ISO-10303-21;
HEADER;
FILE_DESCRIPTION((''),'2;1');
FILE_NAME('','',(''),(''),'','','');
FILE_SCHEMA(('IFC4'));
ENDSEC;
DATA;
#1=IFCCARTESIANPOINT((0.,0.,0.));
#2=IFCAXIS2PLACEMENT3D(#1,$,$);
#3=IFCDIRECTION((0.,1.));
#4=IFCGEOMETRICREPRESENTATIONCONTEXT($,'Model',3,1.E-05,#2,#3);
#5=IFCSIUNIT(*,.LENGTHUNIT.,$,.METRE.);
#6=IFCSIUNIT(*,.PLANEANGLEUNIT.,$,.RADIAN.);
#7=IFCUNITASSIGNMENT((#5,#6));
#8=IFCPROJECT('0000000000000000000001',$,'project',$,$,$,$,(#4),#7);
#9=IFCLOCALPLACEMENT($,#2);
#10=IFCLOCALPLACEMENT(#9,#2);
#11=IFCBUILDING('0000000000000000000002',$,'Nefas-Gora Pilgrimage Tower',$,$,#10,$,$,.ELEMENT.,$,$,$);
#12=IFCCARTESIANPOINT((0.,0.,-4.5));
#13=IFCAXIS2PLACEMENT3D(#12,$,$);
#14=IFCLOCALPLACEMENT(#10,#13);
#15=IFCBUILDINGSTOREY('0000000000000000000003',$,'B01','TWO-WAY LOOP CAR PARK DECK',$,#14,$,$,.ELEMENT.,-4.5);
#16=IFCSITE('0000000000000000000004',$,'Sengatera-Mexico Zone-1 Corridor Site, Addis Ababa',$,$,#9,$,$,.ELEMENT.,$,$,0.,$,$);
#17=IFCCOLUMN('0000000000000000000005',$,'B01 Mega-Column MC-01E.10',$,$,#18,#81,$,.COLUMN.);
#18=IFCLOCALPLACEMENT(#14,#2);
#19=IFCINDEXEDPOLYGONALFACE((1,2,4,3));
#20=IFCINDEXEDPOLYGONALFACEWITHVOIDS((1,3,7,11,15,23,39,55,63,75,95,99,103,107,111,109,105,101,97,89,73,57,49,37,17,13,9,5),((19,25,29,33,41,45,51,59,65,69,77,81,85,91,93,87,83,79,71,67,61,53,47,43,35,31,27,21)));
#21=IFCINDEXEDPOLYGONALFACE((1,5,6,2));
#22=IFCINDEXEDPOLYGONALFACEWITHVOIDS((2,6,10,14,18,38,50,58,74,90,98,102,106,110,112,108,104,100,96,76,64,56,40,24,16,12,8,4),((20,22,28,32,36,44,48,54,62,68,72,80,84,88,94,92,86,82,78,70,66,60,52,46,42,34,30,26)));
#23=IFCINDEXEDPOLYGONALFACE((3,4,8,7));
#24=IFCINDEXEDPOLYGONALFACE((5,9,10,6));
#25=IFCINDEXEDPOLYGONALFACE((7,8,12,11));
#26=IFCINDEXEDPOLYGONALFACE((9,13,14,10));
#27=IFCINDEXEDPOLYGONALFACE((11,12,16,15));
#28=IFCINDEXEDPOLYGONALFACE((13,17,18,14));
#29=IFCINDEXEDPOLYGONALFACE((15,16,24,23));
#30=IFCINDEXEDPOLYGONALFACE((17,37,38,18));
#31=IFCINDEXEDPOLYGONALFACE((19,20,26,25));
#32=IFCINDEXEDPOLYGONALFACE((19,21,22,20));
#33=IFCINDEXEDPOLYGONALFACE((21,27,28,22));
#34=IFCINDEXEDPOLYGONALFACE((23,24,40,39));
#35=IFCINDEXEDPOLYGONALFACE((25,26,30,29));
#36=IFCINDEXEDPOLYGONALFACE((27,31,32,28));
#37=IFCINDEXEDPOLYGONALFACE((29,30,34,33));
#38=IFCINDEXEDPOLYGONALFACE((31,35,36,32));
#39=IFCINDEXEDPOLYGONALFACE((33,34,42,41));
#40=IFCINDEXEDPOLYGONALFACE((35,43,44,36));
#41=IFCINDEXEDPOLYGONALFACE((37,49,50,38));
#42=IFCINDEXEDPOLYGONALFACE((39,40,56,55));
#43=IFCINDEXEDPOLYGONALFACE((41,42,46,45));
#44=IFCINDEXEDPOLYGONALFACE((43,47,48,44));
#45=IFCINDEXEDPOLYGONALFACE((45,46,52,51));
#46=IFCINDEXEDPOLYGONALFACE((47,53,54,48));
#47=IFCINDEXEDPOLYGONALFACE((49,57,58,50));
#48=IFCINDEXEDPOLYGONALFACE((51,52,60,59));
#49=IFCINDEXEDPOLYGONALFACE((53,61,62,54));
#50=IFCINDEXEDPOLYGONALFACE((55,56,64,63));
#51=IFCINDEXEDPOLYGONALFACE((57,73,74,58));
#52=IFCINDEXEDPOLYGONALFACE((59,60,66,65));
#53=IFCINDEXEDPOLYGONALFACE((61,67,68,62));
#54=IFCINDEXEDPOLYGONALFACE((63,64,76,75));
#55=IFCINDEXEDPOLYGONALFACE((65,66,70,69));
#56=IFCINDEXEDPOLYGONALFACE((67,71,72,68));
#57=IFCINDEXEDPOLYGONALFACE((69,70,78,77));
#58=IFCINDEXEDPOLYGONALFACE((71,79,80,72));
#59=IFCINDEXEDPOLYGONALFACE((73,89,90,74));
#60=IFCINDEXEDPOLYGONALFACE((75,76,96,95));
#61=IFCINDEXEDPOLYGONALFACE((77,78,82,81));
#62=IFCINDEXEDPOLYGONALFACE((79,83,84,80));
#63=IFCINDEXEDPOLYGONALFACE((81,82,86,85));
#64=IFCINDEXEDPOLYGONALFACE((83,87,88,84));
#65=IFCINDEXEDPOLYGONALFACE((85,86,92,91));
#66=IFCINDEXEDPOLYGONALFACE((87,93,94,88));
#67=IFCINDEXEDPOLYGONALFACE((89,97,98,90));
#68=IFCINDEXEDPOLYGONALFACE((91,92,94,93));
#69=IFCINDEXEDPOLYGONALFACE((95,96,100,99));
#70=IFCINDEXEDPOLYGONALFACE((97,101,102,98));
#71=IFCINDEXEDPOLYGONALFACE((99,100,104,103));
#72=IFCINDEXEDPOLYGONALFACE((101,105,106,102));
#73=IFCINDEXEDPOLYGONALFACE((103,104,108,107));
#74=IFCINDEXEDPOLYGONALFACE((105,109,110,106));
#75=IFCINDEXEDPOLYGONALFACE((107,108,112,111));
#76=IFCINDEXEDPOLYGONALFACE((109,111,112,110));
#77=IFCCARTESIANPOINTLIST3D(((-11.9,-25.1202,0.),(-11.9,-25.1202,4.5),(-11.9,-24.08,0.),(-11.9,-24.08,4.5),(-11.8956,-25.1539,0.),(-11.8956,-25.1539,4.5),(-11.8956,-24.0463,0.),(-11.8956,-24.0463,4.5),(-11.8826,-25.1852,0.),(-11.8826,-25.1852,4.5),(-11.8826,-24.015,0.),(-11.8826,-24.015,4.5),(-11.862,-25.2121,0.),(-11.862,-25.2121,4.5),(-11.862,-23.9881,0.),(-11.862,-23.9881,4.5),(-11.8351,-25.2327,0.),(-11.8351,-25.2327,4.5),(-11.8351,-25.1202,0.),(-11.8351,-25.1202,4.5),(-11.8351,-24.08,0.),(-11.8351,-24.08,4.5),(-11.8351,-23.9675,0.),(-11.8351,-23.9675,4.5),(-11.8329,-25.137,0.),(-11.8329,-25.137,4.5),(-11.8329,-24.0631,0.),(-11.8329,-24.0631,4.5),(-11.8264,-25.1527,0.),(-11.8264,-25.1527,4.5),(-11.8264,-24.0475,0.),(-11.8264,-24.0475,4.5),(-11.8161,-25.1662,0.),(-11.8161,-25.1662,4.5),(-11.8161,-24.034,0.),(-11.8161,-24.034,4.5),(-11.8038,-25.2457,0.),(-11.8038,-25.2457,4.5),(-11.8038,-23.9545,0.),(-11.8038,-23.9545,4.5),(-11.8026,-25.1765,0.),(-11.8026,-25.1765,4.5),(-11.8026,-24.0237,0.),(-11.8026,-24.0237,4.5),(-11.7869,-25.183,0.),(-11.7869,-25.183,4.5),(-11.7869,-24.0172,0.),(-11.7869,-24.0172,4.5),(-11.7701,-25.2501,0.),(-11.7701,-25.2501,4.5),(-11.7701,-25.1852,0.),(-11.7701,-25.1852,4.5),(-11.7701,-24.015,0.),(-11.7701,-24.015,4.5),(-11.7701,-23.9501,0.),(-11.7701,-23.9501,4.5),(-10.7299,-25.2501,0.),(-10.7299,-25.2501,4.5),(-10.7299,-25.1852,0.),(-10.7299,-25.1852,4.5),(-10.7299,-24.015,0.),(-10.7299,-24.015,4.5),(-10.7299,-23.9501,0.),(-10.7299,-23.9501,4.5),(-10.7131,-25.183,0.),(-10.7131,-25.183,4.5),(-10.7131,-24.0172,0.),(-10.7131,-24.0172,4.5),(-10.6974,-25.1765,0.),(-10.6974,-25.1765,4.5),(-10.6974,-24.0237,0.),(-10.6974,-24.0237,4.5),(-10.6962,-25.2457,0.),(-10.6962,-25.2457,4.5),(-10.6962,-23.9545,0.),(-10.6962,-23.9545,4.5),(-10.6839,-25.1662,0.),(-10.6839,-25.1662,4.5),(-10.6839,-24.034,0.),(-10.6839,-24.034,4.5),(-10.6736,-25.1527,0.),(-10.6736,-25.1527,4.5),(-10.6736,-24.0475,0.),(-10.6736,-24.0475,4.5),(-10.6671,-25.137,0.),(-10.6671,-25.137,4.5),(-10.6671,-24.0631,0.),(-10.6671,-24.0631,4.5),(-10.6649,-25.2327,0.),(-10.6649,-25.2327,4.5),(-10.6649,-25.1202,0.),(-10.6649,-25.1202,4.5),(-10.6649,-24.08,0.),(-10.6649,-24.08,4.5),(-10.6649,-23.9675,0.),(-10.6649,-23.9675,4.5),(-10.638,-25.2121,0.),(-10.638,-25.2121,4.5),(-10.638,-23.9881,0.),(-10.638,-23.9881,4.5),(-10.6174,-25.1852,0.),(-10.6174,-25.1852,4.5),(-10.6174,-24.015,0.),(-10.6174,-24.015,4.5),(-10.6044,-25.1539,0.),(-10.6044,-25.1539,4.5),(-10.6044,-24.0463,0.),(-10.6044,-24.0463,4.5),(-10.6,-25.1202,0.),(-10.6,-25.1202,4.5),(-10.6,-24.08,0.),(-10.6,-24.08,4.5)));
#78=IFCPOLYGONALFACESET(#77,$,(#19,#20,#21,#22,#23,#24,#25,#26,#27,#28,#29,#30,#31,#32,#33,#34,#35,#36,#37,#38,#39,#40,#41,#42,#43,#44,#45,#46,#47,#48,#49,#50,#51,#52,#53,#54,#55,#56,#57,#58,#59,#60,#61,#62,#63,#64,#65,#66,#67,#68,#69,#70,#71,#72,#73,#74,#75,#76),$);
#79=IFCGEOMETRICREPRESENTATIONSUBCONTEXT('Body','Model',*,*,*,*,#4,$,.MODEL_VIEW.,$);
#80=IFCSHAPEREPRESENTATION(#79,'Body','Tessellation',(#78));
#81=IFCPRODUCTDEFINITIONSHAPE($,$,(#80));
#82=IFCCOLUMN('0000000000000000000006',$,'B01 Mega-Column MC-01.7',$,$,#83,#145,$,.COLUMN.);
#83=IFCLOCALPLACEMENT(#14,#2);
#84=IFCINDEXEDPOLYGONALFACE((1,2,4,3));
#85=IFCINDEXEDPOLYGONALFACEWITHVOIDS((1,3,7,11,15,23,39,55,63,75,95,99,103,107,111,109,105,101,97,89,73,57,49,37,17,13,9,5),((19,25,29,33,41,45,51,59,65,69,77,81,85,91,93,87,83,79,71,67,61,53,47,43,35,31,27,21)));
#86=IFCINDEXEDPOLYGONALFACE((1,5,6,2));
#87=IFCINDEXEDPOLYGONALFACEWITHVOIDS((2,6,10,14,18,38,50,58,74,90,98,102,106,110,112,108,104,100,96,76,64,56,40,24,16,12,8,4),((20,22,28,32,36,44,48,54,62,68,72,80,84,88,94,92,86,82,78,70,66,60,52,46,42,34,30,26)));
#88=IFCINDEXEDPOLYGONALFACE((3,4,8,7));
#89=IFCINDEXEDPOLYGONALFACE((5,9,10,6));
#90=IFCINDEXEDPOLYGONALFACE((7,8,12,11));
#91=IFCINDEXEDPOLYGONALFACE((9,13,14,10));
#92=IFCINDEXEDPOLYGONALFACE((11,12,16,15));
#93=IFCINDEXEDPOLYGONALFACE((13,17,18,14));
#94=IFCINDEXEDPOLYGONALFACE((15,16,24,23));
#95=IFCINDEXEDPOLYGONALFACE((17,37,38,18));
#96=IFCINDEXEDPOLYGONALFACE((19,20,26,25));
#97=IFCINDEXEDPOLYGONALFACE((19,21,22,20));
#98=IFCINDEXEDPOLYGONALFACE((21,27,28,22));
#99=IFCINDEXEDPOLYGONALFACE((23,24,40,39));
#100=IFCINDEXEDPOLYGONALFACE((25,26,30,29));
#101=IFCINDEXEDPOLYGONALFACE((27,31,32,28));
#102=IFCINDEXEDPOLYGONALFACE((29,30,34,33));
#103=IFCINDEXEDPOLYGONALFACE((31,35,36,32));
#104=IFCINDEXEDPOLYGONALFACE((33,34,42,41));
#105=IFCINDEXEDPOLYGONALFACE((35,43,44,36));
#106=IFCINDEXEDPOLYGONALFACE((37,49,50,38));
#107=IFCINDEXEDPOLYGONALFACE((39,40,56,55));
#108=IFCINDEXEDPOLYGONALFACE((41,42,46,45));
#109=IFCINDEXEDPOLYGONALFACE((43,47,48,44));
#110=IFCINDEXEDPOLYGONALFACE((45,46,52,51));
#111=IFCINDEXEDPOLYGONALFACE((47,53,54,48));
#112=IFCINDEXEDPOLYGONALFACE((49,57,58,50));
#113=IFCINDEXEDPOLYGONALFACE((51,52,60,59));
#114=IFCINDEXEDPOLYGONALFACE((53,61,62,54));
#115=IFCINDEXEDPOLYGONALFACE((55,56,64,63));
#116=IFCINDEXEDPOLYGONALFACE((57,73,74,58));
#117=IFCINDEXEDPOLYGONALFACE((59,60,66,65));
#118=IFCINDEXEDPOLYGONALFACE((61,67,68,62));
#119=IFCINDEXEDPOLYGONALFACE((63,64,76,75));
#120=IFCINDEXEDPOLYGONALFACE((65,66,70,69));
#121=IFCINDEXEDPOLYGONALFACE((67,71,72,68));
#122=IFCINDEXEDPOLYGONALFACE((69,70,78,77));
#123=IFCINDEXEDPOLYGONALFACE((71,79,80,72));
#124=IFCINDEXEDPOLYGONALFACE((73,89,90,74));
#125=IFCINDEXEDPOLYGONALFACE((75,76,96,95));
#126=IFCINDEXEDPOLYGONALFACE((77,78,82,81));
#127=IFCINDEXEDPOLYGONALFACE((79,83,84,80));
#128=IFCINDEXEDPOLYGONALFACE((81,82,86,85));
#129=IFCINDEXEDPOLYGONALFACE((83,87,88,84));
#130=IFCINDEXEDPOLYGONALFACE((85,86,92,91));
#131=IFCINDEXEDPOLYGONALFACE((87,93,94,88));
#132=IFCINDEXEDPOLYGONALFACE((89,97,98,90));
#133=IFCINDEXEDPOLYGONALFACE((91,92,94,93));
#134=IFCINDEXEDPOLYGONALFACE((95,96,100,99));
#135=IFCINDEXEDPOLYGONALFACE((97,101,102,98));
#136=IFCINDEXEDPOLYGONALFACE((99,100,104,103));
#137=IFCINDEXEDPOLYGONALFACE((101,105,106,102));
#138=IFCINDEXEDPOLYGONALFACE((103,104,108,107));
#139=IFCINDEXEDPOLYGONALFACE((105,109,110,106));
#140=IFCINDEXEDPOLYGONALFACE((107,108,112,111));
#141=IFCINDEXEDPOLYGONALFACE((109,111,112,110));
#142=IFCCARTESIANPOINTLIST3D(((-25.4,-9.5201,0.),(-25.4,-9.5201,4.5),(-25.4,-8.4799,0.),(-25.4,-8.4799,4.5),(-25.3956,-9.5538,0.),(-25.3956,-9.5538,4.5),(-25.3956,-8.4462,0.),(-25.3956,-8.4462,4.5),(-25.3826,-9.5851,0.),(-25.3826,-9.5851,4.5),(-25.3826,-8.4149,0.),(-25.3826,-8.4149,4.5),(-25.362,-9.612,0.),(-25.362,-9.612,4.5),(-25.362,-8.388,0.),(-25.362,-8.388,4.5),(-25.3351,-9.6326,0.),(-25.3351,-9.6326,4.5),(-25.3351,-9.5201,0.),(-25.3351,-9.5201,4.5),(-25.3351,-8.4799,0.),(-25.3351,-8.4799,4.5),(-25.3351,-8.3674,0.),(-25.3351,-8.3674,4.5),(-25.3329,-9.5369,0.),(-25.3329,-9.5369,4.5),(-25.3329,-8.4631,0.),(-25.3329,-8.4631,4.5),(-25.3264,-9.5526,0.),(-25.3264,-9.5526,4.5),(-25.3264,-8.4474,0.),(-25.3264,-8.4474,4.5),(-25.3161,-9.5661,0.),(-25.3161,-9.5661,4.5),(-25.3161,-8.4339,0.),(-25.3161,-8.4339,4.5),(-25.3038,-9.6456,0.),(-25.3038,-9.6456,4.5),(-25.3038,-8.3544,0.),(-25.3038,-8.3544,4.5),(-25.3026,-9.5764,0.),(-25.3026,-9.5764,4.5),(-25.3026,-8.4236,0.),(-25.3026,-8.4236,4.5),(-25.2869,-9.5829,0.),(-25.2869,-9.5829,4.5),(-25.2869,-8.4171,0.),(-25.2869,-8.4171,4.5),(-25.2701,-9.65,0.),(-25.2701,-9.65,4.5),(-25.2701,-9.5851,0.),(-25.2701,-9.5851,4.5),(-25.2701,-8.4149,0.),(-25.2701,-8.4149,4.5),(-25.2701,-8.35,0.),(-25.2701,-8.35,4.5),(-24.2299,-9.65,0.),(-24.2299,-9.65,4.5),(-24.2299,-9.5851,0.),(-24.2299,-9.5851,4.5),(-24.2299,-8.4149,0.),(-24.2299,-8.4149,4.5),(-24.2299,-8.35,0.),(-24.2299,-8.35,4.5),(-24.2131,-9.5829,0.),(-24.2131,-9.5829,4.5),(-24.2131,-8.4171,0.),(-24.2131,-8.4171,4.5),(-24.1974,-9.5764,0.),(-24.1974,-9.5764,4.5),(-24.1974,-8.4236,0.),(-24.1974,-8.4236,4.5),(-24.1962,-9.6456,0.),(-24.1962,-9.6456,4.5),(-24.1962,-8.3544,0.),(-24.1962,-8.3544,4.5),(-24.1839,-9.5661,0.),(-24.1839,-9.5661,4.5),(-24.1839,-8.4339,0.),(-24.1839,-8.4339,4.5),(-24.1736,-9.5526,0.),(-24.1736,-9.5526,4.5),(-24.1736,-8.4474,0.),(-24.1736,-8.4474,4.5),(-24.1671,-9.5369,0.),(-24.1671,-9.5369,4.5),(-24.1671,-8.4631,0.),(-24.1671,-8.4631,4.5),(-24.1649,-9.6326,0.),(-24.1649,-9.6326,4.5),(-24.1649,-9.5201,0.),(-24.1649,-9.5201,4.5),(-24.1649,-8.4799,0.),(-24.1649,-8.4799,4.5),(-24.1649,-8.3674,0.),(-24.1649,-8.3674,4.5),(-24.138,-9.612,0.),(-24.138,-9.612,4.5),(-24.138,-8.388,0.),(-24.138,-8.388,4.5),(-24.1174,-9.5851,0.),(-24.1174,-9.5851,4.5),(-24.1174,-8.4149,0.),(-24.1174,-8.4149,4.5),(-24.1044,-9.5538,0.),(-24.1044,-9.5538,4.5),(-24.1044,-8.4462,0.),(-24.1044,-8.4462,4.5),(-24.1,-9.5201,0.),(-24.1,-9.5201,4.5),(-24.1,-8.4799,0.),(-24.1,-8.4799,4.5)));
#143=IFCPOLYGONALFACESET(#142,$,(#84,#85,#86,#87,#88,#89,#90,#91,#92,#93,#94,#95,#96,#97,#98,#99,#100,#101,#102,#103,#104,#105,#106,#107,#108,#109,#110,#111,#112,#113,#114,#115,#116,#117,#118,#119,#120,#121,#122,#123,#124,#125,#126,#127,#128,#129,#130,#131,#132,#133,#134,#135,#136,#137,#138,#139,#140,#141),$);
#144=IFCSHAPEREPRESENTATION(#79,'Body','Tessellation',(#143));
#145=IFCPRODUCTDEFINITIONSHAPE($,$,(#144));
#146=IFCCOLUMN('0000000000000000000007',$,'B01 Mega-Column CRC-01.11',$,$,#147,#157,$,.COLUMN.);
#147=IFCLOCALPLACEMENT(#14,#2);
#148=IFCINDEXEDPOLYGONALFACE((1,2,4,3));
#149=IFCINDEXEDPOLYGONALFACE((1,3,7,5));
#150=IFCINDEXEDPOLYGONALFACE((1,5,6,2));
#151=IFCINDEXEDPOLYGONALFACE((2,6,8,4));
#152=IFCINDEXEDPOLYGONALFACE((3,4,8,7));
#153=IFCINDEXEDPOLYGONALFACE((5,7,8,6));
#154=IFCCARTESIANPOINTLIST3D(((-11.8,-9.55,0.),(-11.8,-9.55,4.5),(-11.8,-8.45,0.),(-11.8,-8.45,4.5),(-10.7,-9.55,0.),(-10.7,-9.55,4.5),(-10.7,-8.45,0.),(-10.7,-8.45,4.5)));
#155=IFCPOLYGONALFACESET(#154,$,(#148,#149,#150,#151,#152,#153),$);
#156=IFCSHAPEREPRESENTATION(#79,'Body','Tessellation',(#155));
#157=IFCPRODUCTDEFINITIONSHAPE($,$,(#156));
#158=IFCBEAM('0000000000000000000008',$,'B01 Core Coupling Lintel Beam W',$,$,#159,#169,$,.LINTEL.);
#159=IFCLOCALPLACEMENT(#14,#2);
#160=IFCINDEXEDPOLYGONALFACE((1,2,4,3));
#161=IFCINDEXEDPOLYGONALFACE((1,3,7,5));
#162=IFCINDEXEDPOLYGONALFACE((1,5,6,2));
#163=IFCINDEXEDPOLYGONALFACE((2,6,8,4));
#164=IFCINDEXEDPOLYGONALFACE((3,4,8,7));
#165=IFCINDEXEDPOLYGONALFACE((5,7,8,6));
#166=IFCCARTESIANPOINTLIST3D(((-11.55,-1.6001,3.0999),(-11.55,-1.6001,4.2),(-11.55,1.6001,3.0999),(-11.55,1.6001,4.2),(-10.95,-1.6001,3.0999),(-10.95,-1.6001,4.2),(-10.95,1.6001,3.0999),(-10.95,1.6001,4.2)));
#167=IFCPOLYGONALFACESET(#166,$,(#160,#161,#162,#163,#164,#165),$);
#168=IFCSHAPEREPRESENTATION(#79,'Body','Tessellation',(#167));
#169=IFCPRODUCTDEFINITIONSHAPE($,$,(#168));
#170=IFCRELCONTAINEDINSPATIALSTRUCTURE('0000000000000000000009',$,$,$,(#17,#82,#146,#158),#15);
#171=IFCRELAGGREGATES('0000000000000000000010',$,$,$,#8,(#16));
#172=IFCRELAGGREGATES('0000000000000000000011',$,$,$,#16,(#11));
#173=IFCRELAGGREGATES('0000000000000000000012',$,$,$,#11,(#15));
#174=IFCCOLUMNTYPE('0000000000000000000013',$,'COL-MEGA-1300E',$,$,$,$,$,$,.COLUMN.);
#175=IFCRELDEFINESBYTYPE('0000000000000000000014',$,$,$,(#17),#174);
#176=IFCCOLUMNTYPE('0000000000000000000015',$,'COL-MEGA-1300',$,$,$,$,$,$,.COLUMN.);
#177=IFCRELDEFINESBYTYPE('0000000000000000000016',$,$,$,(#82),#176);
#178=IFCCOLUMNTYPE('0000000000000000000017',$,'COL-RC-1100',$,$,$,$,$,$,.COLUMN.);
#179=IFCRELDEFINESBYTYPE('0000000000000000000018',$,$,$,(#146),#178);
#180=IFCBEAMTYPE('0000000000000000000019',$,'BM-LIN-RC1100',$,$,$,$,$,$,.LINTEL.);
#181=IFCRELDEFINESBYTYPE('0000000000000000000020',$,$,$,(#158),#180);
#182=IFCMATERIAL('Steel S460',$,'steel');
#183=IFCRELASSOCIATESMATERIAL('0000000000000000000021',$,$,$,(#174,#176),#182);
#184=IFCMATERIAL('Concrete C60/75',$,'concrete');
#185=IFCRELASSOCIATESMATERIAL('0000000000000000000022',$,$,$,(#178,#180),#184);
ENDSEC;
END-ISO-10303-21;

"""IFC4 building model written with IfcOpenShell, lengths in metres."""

from ifc_helpers import new_model, si_unit, direction, frame, origin, origin_2d, place, context, subcontext, project, spatial, rectangle, hollow_rectangle, extrude, source, transform, mapped, material, material_profile, profile_set, type_object, element, save


model = new_model("IFC4")

# Units and contexts
model_context = context("Model", 3, precision=1e-05, world=origin(), true_north=direction((0.0, 1.0)))
body_context = subcontext(model_context, "Body", "Model", "MODEL_VIEW")
ifc_project = project(units=[si_unit("LENGTHUNIT", "METRE"), si_unit("PLANEANGLEUNIT", "RADIAN")], contexts=[model_context])

# Site, building, storey
site_placement = place(None, origin())
site = spatial("IfcSite", under=ifc_project, at=site_placement, Name="Sengatera-Mexico Zone-1 Corridor Site, Addis Ababa", CompositionType="ELEMENT", RefElevation=0.0)
building_placement = place(site_placement, origin())
building = spatial("IfcBuilding", under=site, at=building_placement, Name="Nefas-Gora Pilgrimage Tower", CompositionType="ELEMENT")
storey_placement = place(building_placement, frame((0.0, 0.0, -4.5)))
storey = spatial("IfcBuildingStorey", under=building, at=storey_placement, Name="B01", Description="TWO-WAY LOOP CAR PARK DECK", CompositionType="ELEMENT", Elevation=-4.5)

# Columns
ifc_material_1 = material(Name="Steel S460", Category="steel")
ifc_material_profile_1 = material_profile(ifc_material_1, hollow_rectangle(XDim=1.3, YDim=1.3, WallThickness=0.0649, InnerFilletRadius=0.0649, OuterFilletRadius=0.1299, at=origin_2d()), Name="BOX 1300x1300x65")
ifc_profile_set_1 = profile_set([ifc_material_profile_1], Name="Steel S460")
column_type_1 = type_object("IfcColumnType", Name="COL-MEGA-1300E", PredefinedType="COLUMN", material=ifc_profile_set_1)
shared_shape_1 = source(origin(), body_context, "Body", "SweptSolid", [
    extrude(hollow_rectangle(XDim=1.3, YDim=1.3, WallThickness=0.0649, InnerFilletRadius=0.0649, OuterFilletRadius=0.1299, at=origin_2d()), origin(), (0.0, 0.0, 1.0), 4.5),
])
column_1_placement = place(storey_placement, frame((-11.25, -24.6001, 0.0), z_axis=(0.0, 0.0, 1.0), x_axis=(1.0, 0.0, 0.0)))
element("IfcColumn", 1, at=column_1_placement, inside=storey, type_object=column_type_1, Name="B01 Mega-Column MC-01E.10", PredefinedType="COLUMN", context=body_context, shape_type="MappedRepresentation", body=[
    mapped(shared_shape_1, transform((0.0, 0.0, 0.0), x_axis=(1.0, 0.0, 0.0), y_axis=(0.0, 1.0, 0.0), z_axis=(0.0, 0.0, 1.0), scale=1.0)),
])
ifc_material_profile_2 = material_profile(ifc_material_1, hollow_rectangle(XDim=1.3, YDim=1.3, WallThickness=0.0649, InnerFilletRadius=0.0649, OuterFilletRadius=0.1299, at=origin_2d()), Name="BOX 1300x1300x65")
ifc_profile_set_2 = profile_set([ifc_material_profile_2], Name="Steel S460")
column_type_2 = type_object("IfcColumnType", Name="COL-MEGA-1300", PredefinedType="COLUMN", material=ifc_profile_set_2)
shared_shape_2 = source(origin(), body_context, "Body", "SweptSolid", [
    extrude(hollow_rectangle(XDim=1.3, YDim=1.3, WallThickness=0.0649, InnerFilletRadius=0.0649, OuterFilletRadius=0.1299, at=origin_2d()), origin(), (0.0, 0.0, 1.0), 4.5),
])
column_2_placement = place(storey_placement, frame((-24.75, -9.0, 0.0), z_axis=(0.0, 0.0, 1.0), x_axis=(1.0, 0.0, 0.0)))
element("IfcColumn", 2, at=column_2_placement, inside=storey, type_object=column_type_2, Name="B01 Mega-Column MC-01.7", PredefinedType="COLUMN", context=body_context, shape_type="MappedRepresentation", body=[
    mapped(shared_shape_2, transform((0.0, 0.0, 0.0), x_axis=(1.0, 0.0, 0.0), y_axis=(0.0, 1.0, 0.0), z_axis=(0.0, 0.0, 1.0), scale=1.0)),
])
ifc_material_2 = material(Name="Concrete C60/75", Category="concrete")
ifc_material_profile_3 = material_profile(ifc_material_2, rectangle(XDim=1.1001, YDim=1.1001, at=origin_2d()), Name="RC 1100x1100")
ifc_profile_set_3 = profile_set([ifc_material_profile_3], Name="Concrete C60/75")
column_type_3 = type_object("IfcColumnType", Name="COL-RC-1100", PredefinedType="COLUMN", material=ifc_profile_set_3)
shared_shape_3 = source(origin(), body_context, "Body", "SweptSolid", [
    extrude(rectangle(XDim=1.1001, YDim=1.1001, at=origin_2d()), origin(), (0.0, 0.0, 1.0), 4.5),
])
column_3_placement = place(storey_placement, frame((-11.25, -9.0, 0.0), z_axis=(0.0, 0.0, 1.0), x_axis=(1.0, 0.0, 0.0)))
element("IfcColumn", 3, at=column_3_placement, inside=storey, type_object=column_type_3, Name="B01 Mega-Column CRC-01.11", PredefinedType="COLUMN", context=body_context, shape_type="MappedRepresentation", body=[
    mapped(shared_shape_3, transform((0.0, 0.0, 0.0), x_axis=(1.0, 0.0, 0.0), y_axis=(0.0, 1.0, 0.0), z_axis=(0.0, 0.0, 1.0), scale=1.0)),
])

# Beam
ifc_material_profile_4 = material_profile(ifc_material_2, rectangle(XDim=0.6001, YDim=1.1001, at=origin_2d()), Name="RC 600x1100")
ifc_profile_set_4 = profile_set([ifc_material_profile_4], Name="Concrete C60/75")
beam_type_1 = type_object("IfcBeamType", Name="BM-LIN-RC1100", PredefinedType="LINTEL", material=ifc_profile_set_4)
shared_shape_4 = source(origin(), body_context, "Body", "SweptSolid", [
    extrude(rectangle(XDim=0.6001, YDim=1.1001, at=origin_2d()), origin(), (0.0, 0.0, 1.0), 3.2002),
])
beam_1_placement = place(storey_placement, frame((-11.25, -1.6001, 3.6499), z_axis=(0.0, 1.0, 0.0), x_axis=(-1.0, 0.0, 0.0)))
element("IfcBeam", 4, at=beam_1_placement, inside=storey, type_object=beam_type_1, Name="B01 Core Coupling Lintel Beam W", PredefinedType="LINTEL", context=body_context, shape_type="MappedRepresentation", body=[
    mapped(shared_shape_4, transform((0.0, 0.0, 0.0), x_axis=(1.0, 0.0, 0.0), y_axis=(0.0, 1.0, 0.0), z_axis=(0.0, 0.0, 1.0), scale=1.0)),
])

save(model, "model.ifc")
